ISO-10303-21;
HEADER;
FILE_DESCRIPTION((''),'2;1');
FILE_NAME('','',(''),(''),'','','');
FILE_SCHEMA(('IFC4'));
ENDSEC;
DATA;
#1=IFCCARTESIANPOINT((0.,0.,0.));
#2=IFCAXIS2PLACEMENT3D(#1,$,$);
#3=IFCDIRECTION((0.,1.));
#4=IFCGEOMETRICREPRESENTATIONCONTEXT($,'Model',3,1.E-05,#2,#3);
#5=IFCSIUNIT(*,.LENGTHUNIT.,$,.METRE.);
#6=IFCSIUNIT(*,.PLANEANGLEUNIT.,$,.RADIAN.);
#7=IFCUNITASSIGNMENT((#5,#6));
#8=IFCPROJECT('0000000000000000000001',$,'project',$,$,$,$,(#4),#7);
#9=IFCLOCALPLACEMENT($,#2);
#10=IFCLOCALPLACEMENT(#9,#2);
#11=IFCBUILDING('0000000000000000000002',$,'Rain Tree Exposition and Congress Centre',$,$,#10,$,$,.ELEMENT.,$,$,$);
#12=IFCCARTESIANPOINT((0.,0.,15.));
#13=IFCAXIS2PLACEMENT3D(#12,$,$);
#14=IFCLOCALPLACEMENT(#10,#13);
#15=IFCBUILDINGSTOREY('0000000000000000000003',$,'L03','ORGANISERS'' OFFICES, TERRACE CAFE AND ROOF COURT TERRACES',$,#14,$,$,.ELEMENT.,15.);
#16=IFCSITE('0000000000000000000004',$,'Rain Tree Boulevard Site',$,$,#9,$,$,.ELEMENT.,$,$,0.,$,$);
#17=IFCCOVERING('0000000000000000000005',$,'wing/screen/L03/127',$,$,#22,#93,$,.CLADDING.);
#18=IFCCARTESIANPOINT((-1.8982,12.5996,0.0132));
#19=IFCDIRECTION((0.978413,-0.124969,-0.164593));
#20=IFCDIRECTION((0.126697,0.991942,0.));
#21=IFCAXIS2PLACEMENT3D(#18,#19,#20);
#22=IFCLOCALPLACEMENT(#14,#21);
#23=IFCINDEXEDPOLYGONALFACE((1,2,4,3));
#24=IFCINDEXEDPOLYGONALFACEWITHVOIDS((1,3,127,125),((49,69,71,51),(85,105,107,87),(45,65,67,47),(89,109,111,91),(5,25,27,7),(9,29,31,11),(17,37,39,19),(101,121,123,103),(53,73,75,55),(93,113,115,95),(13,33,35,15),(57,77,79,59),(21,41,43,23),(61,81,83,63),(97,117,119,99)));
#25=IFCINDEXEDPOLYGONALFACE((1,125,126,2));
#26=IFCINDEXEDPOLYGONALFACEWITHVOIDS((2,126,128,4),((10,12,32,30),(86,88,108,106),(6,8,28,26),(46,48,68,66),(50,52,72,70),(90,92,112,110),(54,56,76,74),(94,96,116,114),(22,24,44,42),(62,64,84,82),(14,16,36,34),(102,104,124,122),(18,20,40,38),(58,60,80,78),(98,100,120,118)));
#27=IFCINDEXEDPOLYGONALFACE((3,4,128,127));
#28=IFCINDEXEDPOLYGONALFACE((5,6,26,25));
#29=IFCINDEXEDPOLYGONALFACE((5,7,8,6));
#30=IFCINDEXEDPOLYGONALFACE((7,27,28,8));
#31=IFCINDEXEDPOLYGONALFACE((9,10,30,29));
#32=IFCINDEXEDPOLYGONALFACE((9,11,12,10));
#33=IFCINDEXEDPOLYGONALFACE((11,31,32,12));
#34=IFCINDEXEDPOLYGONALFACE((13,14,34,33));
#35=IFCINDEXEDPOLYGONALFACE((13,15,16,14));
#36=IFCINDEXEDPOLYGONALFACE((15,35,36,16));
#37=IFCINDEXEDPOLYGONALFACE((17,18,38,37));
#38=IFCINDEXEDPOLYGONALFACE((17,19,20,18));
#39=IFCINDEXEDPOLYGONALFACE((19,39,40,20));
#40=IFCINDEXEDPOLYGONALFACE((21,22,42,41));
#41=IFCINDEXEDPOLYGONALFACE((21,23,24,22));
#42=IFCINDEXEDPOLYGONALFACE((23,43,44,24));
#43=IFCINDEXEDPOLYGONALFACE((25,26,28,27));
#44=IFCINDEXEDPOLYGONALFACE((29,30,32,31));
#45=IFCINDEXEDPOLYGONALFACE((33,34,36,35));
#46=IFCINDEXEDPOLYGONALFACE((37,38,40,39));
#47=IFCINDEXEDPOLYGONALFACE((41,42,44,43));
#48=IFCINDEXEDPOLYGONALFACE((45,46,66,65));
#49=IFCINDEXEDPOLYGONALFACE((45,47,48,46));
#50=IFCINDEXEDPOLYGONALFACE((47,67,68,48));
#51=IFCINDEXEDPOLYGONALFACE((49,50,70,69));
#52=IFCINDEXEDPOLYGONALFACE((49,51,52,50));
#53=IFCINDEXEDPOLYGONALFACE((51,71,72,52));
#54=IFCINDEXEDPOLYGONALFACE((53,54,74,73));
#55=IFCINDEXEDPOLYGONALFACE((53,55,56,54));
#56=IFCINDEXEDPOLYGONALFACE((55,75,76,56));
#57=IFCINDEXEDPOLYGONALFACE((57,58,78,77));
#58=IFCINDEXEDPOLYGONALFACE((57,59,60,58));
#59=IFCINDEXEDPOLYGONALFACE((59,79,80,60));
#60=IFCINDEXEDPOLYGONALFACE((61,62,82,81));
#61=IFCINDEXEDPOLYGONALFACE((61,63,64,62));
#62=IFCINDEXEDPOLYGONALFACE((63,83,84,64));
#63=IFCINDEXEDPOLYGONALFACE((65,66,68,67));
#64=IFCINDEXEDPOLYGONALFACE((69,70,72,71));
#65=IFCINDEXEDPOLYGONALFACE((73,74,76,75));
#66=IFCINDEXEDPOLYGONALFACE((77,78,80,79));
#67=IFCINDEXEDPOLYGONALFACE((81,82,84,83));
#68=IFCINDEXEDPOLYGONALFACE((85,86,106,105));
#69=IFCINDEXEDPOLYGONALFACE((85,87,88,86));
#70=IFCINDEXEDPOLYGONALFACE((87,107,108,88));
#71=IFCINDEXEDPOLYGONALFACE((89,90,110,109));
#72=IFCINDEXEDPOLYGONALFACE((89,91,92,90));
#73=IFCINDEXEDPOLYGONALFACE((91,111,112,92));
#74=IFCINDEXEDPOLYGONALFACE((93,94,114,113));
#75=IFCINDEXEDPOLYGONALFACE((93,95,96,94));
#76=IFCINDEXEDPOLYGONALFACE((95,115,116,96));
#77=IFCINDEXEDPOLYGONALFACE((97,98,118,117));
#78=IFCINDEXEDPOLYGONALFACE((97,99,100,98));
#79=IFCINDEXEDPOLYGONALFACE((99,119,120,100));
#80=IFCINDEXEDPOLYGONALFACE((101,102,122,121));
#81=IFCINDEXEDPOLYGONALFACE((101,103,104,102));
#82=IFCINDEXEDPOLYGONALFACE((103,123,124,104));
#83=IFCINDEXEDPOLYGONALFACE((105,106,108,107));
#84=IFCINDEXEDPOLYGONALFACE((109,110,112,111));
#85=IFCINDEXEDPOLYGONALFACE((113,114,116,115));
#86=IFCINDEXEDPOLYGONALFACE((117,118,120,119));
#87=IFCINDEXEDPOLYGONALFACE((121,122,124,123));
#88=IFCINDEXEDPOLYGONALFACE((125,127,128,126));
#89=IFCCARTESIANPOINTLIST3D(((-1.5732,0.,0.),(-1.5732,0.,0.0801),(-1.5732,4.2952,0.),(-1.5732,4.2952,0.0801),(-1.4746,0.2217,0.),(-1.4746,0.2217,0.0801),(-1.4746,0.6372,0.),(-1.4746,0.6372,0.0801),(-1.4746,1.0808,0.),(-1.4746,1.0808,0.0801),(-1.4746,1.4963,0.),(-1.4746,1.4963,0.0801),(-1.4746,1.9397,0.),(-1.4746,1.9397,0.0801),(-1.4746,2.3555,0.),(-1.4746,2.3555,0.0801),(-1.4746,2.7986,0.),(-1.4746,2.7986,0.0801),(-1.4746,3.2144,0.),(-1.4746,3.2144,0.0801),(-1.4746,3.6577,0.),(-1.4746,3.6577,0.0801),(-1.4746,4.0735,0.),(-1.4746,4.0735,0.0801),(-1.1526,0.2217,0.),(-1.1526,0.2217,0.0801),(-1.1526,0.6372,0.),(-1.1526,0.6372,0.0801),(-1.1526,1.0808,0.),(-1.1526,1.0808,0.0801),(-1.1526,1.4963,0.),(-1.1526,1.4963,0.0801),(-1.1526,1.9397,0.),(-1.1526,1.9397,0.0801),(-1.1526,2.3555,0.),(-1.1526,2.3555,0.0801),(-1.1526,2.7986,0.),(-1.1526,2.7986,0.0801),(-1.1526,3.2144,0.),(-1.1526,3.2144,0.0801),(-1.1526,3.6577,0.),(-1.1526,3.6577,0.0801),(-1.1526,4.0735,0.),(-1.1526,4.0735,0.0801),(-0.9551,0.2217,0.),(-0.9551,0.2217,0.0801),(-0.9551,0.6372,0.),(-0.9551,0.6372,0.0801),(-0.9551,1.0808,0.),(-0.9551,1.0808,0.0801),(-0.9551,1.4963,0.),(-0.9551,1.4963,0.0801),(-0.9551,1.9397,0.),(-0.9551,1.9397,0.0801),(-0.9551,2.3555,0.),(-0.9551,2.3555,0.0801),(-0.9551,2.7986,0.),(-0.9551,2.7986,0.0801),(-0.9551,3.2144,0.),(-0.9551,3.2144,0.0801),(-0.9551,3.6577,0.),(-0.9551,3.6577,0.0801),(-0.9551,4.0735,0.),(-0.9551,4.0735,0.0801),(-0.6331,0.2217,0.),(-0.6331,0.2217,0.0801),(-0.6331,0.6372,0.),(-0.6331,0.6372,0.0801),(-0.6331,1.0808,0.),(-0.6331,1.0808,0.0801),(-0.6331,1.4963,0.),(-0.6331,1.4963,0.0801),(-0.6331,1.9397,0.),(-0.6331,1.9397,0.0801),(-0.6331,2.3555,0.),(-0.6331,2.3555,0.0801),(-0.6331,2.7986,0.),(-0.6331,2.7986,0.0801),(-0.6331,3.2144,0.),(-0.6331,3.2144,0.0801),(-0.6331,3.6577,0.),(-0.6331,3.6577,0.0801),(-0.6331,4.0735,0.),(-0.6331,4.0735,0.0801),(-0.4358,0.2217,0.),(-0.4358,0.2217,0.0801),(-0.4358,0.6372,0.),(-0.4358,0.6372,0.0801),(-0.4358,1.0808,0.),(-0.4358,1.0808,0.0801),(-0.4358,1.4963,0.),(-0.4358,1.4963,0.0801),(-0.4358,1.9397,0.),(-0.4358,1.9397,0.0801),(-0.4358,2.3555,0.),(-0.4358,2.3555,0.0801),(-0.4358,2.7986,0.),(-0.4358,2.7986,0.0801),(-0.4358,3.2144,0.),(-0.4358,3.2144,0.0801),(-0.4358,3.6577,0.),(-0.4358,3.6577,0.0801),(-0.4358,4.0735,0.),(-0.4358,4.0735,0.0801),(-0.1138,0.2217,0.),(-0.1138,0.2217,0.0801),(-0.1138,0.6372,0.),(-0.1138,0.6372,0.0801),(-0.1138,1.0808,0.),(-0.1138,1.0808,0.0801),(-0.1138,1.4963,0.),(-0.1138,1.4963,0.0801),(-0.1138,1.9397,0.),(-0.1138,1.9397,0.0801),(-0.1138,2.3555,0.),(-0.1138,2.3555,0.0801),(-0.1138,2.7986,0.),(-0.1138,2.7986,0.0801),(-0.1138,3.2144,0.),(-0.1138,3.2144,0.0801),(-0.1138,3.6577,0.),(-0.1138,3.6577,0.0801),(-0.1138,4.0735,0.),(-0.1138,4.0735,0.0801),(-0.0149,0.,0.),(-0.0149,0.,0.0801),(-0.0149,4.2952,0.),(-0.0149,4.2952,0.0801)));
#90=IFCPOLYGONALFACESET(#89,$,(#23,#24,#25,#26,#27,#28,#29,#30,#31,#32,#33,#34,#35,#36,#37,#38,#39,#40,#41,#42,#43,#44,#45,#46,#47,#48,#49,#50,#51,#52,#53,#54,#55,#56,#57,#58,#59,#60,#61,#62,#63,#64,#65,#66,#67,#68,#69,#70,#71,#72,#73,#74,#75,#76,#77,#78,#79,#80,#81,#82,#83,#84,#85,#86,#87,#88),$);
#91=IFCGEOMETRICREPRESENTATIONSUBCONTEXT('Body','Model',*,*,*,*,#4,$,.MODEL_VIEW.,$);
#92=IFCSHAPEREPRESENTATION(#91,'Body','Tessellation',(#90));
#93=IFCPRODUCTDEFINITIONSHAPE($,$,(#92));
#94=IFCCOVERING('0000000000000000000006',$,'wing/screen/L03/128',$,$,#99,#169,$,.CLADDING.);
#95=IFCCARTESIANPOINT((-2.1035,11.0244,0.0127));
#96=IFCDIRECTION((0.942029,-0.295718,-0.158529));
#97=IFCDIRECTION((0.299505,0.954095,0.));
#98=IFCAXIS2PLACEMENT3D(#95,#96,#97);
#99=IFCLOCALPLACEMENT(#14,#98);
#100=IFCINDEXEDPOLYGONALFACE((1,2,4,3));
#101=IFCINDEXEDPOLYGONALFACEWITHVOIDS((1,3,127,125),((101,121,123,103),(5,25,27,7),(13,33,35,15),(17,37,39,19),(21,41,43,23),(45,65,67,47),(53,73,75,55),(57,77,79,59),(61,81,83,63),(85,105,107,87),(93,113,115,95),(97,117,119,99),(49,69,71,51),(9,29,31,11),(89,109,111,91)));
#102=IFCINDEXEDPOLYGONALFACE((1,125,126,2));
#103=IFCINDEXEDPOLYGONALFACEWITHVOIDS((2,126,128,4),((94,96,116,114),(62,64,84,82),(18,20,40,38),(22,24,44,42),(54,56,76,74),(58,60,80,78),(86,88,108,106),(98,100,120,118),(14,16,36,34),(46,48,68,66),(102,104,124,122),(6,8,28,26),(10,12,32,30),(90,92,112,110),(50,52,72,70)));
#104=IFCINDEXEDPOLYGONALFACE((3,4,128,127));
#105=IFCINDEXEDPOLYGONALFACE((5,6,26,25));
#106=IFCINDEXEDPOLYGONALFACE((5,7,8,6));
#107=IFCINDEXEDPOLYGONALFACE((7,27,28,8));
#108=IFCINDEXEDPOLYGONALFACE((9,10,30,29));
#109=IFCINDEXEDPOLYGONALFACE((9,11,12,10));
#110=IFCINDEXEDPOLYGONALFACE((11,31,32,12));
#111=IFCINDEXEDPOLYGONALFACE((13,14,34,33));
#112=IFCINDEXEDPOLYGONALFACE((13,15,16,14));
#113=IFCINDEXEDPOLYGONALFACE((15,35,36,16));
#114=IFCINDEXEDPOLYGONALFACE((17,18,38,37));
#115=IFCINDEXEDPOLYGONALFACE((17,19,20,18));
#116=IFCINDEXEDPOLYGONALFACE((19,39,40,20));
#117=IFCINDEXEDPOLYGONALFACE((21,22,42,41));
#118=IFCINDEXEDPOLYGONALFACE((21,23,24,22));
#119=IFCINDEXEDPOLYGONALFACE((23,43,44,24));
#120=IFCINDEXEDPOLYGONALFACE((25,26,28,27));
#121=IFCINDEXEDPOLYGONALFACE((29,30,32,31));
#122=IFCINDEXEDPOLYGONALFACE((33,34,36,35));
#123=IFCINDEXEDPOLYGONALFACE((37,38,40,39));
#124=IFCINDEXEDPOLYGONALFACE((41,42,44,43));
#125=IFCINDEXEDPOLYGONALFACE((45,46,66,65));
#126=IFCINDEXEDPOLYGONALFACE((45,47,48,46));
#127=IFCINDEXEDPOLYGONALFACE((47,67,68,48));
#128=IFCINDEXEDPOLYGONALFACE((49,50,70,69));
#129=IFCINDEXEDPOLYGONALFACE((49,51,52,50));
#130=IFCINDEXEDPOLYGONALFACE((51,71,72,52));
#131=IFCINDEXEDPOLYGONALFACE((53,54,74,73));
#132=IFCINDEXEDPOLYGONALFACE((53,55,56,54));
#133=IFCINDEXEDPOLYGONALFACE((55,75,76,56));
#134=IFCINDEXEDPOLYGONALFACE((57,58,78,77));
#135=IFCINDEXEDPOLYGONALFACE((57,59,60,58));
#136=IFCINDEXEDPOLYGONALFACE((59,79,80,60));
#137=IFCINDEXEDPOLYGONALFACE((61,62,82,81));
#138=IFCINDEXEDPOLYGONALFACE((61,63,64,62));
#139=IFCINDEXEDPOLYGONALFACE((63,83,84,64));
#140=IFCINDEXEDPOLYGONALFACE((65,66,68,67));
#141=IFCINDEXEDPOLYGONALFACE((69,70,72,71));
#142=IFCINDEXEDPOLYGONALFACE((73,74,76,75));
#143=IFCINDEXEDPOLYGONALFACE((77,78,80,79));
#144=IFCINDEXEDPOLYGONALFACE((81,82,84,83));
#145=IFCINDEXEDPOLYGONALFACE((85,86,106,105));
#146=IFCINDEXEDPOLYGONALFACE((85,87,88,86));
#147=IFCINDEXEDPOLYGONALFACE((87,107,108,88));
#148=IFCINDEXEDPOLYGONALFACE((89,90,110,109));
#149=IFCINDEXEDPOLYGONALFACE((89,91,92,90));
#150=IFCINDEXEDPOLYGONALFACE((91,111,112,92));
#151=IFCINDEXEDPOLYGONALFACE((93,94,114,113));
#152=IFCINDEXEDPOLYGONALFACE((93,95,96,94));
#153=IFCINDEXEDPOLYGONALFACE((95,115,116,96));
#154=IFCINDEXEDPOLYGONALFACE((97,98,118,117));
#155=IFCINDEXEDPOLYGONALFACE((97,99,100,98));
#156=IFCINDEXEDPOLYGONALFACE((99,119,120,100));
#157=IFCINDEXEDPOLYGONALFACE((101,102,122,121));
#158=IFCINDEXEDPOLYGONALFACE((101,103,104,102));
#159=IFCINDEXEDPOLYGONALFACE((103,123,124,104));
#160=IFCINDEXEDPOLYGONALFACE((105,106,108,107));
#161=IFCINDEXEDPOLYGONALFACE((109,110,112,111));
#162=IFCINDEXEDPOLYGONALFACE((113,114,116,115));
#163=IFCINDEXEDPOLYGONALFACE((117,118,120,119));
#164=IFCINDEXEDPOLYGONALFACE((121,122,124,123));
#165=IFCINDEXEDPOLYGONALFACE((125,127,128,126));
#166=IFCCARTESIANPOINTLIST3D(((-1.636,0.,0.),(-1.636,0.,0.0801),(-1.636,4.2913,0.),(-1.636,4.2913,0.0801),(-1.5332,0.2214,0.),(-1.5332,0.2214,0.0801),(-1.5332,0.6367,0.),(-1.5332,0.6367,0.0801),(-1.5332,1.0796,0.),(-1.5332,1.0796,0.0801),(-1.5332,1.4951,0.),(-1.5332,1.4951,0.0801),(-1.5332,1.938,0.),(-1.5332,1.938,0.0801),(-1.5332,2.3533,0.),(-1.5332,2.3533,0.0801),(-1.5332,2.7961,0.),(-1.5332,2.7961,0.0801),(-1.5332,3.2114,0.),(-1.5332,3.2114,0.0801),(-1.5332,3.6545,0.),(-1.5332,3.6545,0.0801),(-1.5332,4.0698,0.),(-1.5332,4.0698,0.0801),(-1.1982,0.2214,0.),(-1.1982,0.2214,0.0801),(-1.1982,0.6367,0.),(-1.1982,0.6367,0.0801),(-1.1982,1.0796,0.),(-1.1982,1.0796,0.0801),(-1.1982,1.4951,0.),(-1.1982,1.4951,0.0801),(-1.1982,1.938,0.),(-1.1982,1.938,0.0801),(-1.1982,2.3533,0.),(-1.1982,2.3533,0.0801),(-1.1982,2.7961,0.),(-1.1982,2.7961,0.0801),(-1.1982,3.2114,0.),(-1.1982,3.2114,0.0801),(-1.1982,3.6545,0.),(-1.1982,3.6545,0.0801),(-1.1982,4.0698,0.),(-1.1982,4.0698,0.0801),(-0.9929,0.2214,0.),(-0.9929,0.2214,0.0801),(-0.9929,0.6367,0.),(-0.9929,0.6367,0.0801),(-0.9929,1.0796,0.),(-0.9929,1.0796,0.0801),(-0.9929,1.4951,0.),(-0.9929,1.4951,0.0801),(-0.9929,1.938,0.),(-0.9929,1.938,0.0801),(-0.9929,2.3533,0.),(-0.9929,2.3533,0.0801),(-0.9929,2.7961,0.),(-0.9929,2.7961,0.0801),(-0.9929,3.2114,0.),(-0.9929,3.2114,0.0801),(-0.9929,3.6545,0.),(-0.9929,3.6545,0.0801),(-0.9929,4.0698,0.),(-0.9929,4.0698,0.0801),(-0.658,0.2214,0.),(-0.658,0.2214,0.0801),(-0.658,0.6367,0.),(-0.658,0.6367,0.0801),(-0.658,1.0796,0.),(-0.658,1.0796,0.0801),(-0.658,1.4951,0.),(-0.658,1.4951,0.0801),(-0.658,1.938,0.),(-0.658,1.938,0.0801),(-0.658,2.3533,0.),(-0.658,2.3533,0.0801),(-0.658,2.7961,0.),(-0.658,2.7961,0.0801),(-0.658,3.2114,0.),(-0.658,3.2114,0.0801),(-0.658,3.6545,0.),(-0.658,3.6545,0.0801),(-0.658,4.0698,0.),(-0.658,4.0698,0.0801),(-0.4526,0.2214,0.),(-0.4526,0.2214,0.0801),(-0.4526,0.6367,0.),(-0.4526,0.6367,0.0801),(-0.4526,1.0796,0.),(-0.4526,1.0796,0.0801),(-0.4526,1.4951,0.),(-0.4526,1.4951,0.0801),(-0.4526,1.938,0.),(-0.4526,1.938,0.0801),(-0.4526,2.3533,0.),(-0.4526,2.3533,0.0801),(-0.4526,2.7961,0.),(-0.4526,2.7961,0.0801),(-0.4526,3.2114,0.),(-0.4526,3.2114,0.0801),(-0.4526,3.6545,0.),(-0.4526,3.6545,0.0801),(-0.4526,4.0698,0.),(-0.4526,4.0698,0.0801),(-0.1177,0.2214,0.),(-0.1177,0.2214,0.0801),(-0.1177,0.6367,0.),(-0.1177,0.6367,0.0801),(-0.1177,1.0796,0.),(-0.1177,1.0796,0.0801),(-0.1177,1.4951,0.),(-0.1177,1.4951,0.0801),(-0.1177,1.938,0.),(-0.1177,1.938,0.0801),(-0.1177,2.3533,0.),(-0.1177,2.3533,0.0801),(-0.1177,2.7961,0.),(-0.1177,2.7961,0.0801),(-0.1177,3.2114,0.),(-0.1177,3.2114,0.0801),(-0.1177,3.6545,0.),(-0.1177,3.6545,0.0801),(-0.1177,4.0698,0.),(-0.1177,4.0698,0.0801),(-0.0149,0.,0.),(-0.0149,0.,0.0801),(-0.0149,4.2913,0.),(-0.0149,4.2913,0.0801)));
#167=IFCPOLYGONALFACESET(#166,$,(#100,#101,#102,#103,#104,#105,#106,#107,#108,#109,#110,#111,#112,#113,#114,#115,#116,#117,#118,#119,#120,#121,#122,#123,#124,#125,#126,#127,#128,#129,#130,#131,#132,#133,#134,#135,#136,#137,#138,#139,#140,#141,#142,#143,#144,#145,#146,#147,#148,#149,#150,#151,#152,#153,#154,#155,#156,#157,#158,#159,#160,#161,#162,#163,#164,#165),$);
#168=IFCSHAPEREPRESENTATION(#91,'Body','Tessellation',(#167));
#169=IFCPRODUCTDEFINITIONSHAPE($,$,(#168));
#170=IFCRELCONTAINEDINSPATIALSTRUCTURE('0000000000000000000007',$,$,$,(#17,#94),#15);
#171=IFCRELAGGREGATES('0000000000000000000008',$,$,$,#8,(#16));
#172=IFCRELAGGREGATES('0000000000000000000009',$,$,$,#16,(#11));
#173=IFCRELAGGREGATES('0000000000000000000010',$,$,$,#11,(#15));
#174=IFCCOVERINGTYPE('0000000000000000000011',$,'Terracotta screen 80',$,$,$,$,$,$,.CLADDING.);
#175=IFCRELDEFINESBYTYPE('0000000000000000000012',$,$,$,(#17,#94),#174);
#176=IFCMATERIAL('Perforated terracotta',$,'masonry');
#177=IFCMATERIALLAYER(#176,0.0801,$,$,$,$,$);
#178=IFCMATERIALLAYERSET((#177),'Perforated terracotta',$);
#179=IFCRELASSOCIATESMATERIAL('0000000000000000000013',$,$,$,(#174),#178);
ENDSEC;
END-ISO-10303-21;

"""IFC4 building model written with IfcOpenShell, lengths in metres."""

from ifc_helpers import new_model, si_unit, direction, frame, origin, place, context, subcontext, project, spatial, polyline, outline, extrude, material, layer, layer_set, type_object, element, save


model = new_model("IFC4")

# Units and contexts
model_context = context("Model", 3, precision=1e-05, world=origin(), true_north=direction((0.0, 1.0)))
body_context = subcontext(model_context, "Body", "Model", "MODEL_VIEW")
ifc_project = project(units=[si_unit("LENGTHUNIT", "METRE"), si_unit("PLANEANGLEUNIT", "RADIAN")], contexts=[model_context])

# Site, building, storey
site_placement = place(None, origin())
site = spatial("IfcSite", under=ifc_project, at=site_placement, Name="Rain Tree Boulevard Site", CompositionType="ELEMENT", RefElevation=0.0)
building_placement = place(site_placement, origin())
building = spatial("IfcBuilding", under=site, at=building_placement, Name="Rain Tree Exposition and Congress Centre", CompositionType="ELEMENT")
storey_placement = place(building_placement, frame((0.0, 0.0, 15.0)))
storey = spatial("IfcBuildingStorey", under=building, at=storey_placement, Name="L03", Description="ORGANISERS' OFFICES, TERRACE CAFE AND ROOF COURT TERRACES", CompositionType="ELEMENT", Elevation=15.0)

# Coverings
ifc_material_1 = material(Name="Perforated terracotta", Category="masonry")
ifc_layer_1 = layer(ifc_material_1, 0.0801)
ifc_layer_set_1 = layer_set([ifc_layer_1], Name="Perforated terracotta")
covering_type = type_object("IfcCoveringType", Name="Terracotta screen 80", PredefinedType="CLADDING", material=ifc_layer_set_1)
covering_1_placement = place(storey_placement, frame((-1.8982, 12.5996, 0.0132), z_axis=(0.978413, -0.124969, -0.164593), x_axis=(0.126697, 0.991942, 0.0)))
element("IfcCovering", 1, at=covering_1_placement, inside=storey, type_object=covering_type, Name="wing/screen/L03/127", PredefinedType="CLADDING", context=body_context, shape_type="SweptSolid", body=[
    extrude(outline(polyline([(-1.5732, 0.0), (-1.5732, 4.2952), (-0.0149, 4.2952), (-0.0149, 0.0), (-1.5732, 0.0)]), holes=[polyline([(-0.1138, 0.2217), (-0.1138, 0.6372), (-0.4358, 0.6372), (-0.4358, 0.2217), (-0.1138, 0.2217)]), polyline([(-0.1138, 1.0808), (-0.1138, 1.4963), (-0.4358, 1.4963), (-0.4358, 1.0808), (-0.1138, 1.0808)]), polyline([(-0.1138, 1.9397), (-0.1138, 2.3555), (-0.4358, 2.3555), (-0.4358, 1.9397), (-0.1138, 1.9397)]), polyline([(-0.1138, 2.7986), (-0.1138, 3.2144), (-0.4358, 3.2144), (-0.4358, 2.7986), (-0.1138, 2.7986)]), polyline([(-0.1138, 3.6577), (-0.1138, 4.0735), (-0.4358, 4.0735), (-0.4358, 3.6577), (-0.1138, 3.6577)]), polyline([(-0.6331, 0.2217), (-0.6331, 0.6372), (-0.9551, 0.6372), (-0.9551, 0.2217), (-0.6331, 0.2217)]), polyline([(-0.6331, 1.0808), (-0.6331, 1.4963), (-0.9551, 1.4963), (-0.9551, 1.0808), (-0.6331, 1.0808)]), polyline([(-0.6331, 1.9397), (-0.6331, 2.3555), (-0.9551, 2.3555), (-0.9551, 1.9397), (-0.6331, 1.9397)]), polyline([(-0.6331, 2.7986), (-0.6331, 3.2144), (-0.9551, 3.2144), (-0.9551, 2.7986), (-0.6331, 2.7986)]), polyline([(-0.6331, 3.6577), (-0.6331, 4.0735), (-0.9551, 4.0735), (-0.9551, 3.6577), (-0.6331, 3.6577)]), polyline([(-1.1526, 0.2217), (-1.1526, 0.6372), (-1.4746, 0.6372), (-1.4746, 0.2217), (-1.1526, 0.2217)]), polyline([(-1.1526, 1.0808), (-1.1526, 1.4963), (-1.4746, 1.4963), (-1.4746, 1.0808), (-1.1526, 1.0808)]), polyline([(-1.1526, 1.9397), (-1.1526, 2.3555), (-1.4746, 2.3555), (-1.4746, 1.9397), (-1.1526, 1.9397)]), polyline([(-1.1526, 2.7986), (-1.1526, 3.2144), (-1.4746, 3.2144), (-1.4746, 2.7986), (-1.1526, 2.7986)]), polyline([(-1.1526, 3.6577), (-1.1526, 4.0735), (-1.4746, 4.0735), (-1.4746, 3.6577), (-1.1526, 3.6577)])]), origin(), (0.0, 0.0, 1.0), 0.0801),
])
covering_2_placement = place(storey_placement, frame((-2.1035, 11.0244, 0.0127), z_axis=(0.942029, -0.295718, -0.158529), x_axis=(0.299505, 0.954095, 0.0)))
element("IfcCovering", 2, at=covering_2_placement, inside=storey, type_object=covering_type, Name="wing/screen/L03/128", PredefinedType="CLADDING", context=body_context, shape_type="SweptSolid", body=[
    extrude(outline(polyline([(-1.636, 0.0), (-1.636, 4.2913), (-0.0149, 4.2913), (-0.0149, 0.0), (-1.636, 0.0)]), holes=[polyline([(-0.1177, 0.2214), (-0.1177, 0.6367), (-0.4526, 0.6367), (-0.4526, 0.2214), (-0.1177, 0.2214)]), polyline([(-0.1177, 1.0796), (-0.1177, 1.4951), (-0.4526, 1.4951), (-0.4526, 1.0796), (-0.1177, 1.0796)]), polyline([(-0.1177, 1.938), (-0.1177, 2.3533), (-0.4526, 2.3533), (-0.4526, 1.938), (-0.1177, 1.938)]), polyline([(-0.1177, 2.7961), (-0.1177, 3.2114), (-0.4526, 3.2114), (-0.4526, 2.7961), (-0.1177, 2.7961)]), polyline([(-0.1177, 3.6545), (-0.1177, 4.0698), (-0.4526, 4.0698), (-0.4526, 3.6545), (-0.1177, 3.6545)]), polyline([(-0.658, 0.2214), (-0.658, 0.6367), (-0.9929, 0.6367), (-0.9929, 0.2214), (-0.658, 0.2214)]), polyline([(-0.658, 1.0796), (-0.658, 1.4951), (-0.9929, 1.4951), (-0.9929, 1.0796), (-0.658, 1.0796)]), polyline([(-0.658, 1.938), (-0.658, 2.3533), (-0.9929, 2.3533), (-0.9929, 1.938), (-0.658, 1.938)]), polyline([(-0.658, 2.7961), (-0.658, 3.2114), (-0.9929, 3.2114), (-0.9929, 2.7961), (-0.658, 2.7961)]), polyline([(-0.658, 3.6545), (-0.658, 4.0698), (-0.9929, 4.0698), (-0.9929, 3.6545), (-0.658, 3.6545)]), polyline([(-1.1982, 0.2214), (-1.1982, 0.6367), (-1.5332, 0.6367), (-1.5332, 0.2214), (-1.1982, 0.2214)]), polyline([(-1.1982, 1.0796), (-1.1982, 1.4951), (-1.5332, 1.4951), (-1.5332, 1.0796), (-1.1982, 1.0796)]), polyline([(-1.1982, 1.938), (-1.1982, 2.3533), (-1.5332, 2.3533), (-1.5332, 1.938), (-1.1982, 1.938)]), polyline([(-1.1982, 2.7961), (-1.1982, 3.2114), (-1.5332, 3.2114), (-1.5332, 2.7961), (-1.1982, 2.7961)]), polyline([(-1.1982, 3.6545), (-1.1982, 4.0698), (-1.5332, 4.0698), (-1.5332, 3.6545), (-1.1982, 3.6545)])]), origin(), (0.0, 0.0, 1.0), 0.0801),
])

save(model, "model.ifc")
